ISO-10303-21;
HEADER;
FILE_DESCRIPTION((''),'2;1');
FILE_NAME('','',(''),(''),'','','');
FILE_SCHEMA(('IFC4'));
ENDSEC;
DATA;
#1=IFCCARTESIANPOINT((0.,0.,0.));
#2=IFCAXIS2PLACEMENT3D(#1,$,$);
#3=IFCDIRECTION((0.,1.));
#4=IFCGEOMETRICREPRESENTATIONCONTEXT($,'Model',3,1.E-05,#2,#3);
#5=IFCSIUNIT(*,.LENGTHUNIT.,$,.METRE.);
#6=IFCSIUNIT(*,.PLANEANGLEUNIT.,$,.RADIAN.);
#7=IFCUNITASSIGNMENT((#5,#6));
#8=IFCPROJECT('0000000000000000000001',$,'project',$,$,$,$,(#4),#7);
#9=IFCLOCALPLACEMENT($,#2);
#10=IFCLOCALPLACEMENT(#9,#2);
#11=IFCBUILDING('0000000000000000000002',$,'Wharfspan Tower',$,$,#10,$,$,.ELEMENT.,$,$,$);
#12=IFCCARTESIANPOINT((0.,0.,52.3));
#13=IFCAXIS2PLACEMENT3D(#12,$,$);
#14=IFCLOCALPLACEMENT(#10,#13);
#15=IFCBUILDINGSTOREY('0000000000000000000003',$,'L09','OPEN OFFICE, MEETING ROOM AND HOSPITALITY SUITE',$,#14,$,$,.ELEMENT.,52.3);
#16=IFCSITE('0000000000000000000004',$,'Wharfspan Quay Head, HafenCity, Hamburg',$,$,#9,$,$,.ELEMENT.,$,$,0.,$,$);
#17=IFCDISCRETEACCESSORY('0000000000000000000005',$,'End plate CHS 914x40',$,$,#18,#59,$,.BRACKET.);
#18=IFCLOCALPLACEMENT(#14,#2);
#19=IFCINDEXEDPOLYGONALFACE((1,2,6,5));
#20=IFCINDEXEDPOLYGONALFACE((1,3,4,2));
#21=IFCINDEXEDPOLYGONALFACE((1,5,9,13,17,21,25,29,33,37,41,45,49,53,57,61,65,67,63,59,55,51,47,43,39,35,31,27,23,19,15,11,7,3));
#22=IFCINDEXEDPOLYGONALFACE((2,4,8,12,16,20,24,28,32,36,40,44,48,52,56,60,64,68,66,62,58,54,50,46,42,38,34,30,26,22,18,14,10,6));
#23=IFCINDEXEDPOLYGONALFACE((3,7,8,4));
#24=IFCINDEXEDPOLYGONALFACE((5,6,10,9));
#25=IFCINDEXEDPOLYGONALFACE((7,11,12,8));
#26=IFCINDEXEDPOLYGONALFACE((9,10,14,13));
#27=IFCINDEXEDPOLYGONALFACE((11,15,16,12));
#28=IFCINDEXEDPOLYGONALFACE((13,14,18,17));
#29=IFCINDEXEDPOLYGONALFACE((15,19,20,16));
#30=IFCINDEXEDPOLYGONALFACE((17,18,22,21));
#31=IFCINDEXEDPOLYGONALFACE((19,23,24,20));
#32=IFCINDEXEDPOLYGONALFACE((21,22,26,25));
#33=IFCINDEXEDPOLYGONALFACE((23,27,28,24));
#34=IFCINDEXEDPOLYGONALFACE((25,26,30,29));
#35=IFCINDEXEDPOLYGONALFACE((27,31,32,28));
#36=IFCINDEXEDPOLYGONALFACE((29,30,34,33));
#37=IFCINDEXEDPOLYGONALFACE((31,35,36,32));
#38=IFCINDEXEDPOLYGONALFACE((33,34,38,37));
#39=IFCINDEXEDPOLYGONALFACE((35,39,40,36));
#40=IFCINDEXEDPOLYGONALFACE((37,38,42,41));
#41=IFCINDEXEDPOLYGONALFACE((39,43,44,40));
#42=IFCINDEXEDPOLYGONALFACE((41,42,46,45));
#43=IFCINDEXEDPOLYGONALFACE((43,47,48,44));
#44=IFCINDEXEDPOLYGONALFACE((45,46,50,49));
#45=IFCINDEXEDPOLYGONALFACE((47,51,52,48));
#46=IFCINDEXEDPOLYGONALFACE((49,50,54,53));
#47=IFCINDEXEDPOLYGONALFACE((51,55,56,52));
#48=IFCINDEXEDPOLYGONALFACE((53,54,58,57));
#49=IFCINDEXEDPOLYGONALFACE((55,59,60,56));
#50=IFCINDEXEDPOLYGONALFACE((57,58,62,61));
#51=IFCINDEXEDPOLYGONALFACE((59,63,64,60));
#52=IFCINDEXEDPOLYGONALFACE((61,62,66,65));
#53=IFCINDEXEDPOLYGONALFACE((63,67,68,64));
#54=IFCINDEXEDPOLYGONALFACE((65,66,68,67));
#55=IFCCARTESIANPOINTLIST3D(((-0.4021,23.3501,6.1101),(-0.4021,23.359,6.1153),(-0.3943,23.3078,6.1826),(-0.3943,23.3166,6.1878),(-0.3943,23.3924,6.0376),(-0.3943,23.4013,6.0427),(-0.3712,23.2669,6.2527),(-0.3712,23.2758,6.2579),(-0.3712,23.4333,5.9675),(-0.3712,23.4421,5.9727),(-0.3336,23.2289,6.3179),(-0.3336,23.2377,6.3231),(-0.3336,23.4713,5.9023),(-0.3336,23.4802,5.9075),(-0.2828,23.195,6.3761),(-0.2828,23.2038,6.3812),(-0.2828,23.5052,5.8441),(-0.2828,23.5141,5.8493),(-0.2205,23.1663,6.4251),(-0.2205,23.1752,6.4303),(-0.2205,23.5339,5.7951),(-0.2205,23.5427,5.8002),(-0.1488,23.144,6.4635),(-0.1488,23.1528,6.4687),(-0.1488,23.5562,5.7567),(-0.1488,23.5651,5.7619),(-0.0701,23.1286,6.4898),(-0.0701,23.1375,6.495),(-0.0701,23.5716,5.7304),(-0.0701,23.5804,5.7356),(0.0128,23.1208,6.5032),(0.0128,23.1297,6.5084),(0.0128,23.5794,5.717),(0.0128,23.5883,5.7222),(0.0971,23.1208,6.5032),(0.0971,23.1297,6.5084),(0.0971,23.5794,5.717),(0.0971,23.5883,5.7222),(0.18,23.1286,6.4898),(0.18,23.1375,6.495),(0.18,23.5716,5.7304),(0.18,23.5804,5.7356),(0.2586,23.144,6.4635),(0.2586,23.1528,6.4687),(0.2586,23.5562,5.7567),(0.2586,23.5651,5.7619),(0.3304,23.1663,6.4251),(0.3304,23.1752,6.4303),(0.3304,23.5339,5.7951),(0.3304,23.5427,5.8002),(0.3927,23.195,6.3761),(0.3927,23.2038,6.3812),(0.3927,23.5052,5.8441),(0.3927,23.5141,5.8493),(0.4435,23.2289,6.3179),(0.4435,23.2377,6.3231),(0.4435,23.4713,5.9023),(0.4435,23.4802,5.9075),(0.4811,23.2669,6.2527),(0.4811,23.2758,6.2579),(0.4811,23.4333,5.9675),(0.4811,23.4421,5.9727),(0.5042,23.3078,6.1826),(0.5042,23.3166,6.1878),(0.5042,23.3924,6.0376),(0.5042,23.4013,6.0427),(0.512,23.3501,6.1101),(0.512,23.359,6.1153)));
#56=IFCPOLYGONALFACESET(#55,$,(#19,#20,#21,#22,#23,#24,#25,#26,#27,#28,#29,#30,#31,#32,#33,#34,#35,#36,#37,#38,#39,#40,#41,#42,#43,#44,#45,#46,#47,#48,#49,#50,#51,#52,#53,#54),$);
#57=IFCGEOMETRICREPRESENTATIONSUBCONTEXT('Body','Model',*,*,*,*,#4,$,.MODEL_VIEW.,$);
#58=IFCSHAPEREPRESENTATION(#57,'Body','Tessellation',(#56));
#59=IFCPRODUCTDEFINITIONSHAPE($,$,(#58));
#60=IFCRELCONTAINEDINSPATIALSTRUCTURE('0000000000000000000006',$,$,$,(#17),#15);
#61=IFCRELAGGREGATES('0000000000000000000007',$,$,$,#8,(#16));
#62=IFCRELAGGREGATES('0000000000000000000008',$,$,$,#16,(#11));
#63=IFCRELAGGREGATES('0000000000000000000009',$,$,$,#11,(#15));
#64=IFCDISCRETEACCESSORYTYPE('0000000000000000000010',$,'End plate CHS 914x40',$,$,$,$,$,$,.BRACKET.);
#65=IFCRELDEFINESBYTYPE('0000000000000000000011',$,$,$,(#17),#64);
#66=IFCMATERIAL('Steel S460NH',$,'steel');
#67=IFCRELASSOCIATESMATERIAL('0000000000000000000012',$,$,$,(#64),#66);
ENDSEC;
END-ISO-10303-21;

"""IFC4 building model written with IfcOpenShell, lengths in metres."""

from ifc_helpers import new_model, si_unit, direction, frame, origin, origin_2d, place, context, subcontext, project, spatial, circle, extrude, material, material_profile, profile_set, type_object, element, save


model = new_model("IFC4")

# Units and contexts
model_context = context("Model", 3, precision=1e-05, world=origin(), true_north=direction((0.0, 1.0)))
body_context = subcontext(model_context, "Body", "Model", "MODEL_VIEW")
ifc_project = project(units=[si_unit("LENGTHUNIT", "METRE"), si_unit("PLANEANGLEUNIT", "RADIAN")], contexts=[model_context])

# Site, building, storey
site_placement = place(None, origin())
site = spatial("IfcSite", under=ifc_project, at=site_placement, Name="Wharfspan Quay Head, HafenCity, Hamburg", CompositionType="ELEMENT", RefElevation=0.0)
building_placement = place(site_placement, origin())
building = spatial("IfcBuilding", under=site, at=building_placement, Name="Wharfspan Tower", CompositionType="ELEMENT")
storey_placement = place(building_placement, frame((0.0, 0.0, 52.3)))
storey = spatial("IfcBuildingStorey", under=building, at=storey_placement, Name="L09", Description="OPEN OFFICE, MEETING ROOM AND HOSPITALITY SUITE", CompositionType="ELEMENT", Elevation=52.3)

# Shared definitions
ifc_material_1 = material(Name="Steel S460NH", Category="steel")

# Discrete accessory
ifc_material_profile_1 = material_profile(ifc_material_1, circle(Radius=0.457, at=origin_2d()))
ifc_profile_set_1 = profile_set([ifc_material_profile_1], Name="Steel S460NH")
discrete_accessory_type = type_object("IfcDiscreteAccessoryType", Name="End plate CHS 914x40", PredefinedType="BRACKET", material=ifc_profile_set_1)
for number, where, z_axis, x_axis, name in (
    (1, (0.0549, 23.3501, 6.1101), (0.0, 0.863779, 0.503871), (-1.0, 0.0, 0.0), "End plate CHS 914x40"),
):
    element("IfcDiscreteAccessory", number, at=place(storey_placement, frame(where, z_axis=z_axis, x_axis=x_axis)), inside=storey, type_object=discrete_accessory_type, Name=name, PredefinedType="BRACKET", context=body_context, shape_type="SweptSolid", body=[
        extrude(circle(Radius=0.457, at=origin_2d()), origin(), (0.0, 0.0, 1.0), 0.0103),
    ])

save(model, "model.ifc")
